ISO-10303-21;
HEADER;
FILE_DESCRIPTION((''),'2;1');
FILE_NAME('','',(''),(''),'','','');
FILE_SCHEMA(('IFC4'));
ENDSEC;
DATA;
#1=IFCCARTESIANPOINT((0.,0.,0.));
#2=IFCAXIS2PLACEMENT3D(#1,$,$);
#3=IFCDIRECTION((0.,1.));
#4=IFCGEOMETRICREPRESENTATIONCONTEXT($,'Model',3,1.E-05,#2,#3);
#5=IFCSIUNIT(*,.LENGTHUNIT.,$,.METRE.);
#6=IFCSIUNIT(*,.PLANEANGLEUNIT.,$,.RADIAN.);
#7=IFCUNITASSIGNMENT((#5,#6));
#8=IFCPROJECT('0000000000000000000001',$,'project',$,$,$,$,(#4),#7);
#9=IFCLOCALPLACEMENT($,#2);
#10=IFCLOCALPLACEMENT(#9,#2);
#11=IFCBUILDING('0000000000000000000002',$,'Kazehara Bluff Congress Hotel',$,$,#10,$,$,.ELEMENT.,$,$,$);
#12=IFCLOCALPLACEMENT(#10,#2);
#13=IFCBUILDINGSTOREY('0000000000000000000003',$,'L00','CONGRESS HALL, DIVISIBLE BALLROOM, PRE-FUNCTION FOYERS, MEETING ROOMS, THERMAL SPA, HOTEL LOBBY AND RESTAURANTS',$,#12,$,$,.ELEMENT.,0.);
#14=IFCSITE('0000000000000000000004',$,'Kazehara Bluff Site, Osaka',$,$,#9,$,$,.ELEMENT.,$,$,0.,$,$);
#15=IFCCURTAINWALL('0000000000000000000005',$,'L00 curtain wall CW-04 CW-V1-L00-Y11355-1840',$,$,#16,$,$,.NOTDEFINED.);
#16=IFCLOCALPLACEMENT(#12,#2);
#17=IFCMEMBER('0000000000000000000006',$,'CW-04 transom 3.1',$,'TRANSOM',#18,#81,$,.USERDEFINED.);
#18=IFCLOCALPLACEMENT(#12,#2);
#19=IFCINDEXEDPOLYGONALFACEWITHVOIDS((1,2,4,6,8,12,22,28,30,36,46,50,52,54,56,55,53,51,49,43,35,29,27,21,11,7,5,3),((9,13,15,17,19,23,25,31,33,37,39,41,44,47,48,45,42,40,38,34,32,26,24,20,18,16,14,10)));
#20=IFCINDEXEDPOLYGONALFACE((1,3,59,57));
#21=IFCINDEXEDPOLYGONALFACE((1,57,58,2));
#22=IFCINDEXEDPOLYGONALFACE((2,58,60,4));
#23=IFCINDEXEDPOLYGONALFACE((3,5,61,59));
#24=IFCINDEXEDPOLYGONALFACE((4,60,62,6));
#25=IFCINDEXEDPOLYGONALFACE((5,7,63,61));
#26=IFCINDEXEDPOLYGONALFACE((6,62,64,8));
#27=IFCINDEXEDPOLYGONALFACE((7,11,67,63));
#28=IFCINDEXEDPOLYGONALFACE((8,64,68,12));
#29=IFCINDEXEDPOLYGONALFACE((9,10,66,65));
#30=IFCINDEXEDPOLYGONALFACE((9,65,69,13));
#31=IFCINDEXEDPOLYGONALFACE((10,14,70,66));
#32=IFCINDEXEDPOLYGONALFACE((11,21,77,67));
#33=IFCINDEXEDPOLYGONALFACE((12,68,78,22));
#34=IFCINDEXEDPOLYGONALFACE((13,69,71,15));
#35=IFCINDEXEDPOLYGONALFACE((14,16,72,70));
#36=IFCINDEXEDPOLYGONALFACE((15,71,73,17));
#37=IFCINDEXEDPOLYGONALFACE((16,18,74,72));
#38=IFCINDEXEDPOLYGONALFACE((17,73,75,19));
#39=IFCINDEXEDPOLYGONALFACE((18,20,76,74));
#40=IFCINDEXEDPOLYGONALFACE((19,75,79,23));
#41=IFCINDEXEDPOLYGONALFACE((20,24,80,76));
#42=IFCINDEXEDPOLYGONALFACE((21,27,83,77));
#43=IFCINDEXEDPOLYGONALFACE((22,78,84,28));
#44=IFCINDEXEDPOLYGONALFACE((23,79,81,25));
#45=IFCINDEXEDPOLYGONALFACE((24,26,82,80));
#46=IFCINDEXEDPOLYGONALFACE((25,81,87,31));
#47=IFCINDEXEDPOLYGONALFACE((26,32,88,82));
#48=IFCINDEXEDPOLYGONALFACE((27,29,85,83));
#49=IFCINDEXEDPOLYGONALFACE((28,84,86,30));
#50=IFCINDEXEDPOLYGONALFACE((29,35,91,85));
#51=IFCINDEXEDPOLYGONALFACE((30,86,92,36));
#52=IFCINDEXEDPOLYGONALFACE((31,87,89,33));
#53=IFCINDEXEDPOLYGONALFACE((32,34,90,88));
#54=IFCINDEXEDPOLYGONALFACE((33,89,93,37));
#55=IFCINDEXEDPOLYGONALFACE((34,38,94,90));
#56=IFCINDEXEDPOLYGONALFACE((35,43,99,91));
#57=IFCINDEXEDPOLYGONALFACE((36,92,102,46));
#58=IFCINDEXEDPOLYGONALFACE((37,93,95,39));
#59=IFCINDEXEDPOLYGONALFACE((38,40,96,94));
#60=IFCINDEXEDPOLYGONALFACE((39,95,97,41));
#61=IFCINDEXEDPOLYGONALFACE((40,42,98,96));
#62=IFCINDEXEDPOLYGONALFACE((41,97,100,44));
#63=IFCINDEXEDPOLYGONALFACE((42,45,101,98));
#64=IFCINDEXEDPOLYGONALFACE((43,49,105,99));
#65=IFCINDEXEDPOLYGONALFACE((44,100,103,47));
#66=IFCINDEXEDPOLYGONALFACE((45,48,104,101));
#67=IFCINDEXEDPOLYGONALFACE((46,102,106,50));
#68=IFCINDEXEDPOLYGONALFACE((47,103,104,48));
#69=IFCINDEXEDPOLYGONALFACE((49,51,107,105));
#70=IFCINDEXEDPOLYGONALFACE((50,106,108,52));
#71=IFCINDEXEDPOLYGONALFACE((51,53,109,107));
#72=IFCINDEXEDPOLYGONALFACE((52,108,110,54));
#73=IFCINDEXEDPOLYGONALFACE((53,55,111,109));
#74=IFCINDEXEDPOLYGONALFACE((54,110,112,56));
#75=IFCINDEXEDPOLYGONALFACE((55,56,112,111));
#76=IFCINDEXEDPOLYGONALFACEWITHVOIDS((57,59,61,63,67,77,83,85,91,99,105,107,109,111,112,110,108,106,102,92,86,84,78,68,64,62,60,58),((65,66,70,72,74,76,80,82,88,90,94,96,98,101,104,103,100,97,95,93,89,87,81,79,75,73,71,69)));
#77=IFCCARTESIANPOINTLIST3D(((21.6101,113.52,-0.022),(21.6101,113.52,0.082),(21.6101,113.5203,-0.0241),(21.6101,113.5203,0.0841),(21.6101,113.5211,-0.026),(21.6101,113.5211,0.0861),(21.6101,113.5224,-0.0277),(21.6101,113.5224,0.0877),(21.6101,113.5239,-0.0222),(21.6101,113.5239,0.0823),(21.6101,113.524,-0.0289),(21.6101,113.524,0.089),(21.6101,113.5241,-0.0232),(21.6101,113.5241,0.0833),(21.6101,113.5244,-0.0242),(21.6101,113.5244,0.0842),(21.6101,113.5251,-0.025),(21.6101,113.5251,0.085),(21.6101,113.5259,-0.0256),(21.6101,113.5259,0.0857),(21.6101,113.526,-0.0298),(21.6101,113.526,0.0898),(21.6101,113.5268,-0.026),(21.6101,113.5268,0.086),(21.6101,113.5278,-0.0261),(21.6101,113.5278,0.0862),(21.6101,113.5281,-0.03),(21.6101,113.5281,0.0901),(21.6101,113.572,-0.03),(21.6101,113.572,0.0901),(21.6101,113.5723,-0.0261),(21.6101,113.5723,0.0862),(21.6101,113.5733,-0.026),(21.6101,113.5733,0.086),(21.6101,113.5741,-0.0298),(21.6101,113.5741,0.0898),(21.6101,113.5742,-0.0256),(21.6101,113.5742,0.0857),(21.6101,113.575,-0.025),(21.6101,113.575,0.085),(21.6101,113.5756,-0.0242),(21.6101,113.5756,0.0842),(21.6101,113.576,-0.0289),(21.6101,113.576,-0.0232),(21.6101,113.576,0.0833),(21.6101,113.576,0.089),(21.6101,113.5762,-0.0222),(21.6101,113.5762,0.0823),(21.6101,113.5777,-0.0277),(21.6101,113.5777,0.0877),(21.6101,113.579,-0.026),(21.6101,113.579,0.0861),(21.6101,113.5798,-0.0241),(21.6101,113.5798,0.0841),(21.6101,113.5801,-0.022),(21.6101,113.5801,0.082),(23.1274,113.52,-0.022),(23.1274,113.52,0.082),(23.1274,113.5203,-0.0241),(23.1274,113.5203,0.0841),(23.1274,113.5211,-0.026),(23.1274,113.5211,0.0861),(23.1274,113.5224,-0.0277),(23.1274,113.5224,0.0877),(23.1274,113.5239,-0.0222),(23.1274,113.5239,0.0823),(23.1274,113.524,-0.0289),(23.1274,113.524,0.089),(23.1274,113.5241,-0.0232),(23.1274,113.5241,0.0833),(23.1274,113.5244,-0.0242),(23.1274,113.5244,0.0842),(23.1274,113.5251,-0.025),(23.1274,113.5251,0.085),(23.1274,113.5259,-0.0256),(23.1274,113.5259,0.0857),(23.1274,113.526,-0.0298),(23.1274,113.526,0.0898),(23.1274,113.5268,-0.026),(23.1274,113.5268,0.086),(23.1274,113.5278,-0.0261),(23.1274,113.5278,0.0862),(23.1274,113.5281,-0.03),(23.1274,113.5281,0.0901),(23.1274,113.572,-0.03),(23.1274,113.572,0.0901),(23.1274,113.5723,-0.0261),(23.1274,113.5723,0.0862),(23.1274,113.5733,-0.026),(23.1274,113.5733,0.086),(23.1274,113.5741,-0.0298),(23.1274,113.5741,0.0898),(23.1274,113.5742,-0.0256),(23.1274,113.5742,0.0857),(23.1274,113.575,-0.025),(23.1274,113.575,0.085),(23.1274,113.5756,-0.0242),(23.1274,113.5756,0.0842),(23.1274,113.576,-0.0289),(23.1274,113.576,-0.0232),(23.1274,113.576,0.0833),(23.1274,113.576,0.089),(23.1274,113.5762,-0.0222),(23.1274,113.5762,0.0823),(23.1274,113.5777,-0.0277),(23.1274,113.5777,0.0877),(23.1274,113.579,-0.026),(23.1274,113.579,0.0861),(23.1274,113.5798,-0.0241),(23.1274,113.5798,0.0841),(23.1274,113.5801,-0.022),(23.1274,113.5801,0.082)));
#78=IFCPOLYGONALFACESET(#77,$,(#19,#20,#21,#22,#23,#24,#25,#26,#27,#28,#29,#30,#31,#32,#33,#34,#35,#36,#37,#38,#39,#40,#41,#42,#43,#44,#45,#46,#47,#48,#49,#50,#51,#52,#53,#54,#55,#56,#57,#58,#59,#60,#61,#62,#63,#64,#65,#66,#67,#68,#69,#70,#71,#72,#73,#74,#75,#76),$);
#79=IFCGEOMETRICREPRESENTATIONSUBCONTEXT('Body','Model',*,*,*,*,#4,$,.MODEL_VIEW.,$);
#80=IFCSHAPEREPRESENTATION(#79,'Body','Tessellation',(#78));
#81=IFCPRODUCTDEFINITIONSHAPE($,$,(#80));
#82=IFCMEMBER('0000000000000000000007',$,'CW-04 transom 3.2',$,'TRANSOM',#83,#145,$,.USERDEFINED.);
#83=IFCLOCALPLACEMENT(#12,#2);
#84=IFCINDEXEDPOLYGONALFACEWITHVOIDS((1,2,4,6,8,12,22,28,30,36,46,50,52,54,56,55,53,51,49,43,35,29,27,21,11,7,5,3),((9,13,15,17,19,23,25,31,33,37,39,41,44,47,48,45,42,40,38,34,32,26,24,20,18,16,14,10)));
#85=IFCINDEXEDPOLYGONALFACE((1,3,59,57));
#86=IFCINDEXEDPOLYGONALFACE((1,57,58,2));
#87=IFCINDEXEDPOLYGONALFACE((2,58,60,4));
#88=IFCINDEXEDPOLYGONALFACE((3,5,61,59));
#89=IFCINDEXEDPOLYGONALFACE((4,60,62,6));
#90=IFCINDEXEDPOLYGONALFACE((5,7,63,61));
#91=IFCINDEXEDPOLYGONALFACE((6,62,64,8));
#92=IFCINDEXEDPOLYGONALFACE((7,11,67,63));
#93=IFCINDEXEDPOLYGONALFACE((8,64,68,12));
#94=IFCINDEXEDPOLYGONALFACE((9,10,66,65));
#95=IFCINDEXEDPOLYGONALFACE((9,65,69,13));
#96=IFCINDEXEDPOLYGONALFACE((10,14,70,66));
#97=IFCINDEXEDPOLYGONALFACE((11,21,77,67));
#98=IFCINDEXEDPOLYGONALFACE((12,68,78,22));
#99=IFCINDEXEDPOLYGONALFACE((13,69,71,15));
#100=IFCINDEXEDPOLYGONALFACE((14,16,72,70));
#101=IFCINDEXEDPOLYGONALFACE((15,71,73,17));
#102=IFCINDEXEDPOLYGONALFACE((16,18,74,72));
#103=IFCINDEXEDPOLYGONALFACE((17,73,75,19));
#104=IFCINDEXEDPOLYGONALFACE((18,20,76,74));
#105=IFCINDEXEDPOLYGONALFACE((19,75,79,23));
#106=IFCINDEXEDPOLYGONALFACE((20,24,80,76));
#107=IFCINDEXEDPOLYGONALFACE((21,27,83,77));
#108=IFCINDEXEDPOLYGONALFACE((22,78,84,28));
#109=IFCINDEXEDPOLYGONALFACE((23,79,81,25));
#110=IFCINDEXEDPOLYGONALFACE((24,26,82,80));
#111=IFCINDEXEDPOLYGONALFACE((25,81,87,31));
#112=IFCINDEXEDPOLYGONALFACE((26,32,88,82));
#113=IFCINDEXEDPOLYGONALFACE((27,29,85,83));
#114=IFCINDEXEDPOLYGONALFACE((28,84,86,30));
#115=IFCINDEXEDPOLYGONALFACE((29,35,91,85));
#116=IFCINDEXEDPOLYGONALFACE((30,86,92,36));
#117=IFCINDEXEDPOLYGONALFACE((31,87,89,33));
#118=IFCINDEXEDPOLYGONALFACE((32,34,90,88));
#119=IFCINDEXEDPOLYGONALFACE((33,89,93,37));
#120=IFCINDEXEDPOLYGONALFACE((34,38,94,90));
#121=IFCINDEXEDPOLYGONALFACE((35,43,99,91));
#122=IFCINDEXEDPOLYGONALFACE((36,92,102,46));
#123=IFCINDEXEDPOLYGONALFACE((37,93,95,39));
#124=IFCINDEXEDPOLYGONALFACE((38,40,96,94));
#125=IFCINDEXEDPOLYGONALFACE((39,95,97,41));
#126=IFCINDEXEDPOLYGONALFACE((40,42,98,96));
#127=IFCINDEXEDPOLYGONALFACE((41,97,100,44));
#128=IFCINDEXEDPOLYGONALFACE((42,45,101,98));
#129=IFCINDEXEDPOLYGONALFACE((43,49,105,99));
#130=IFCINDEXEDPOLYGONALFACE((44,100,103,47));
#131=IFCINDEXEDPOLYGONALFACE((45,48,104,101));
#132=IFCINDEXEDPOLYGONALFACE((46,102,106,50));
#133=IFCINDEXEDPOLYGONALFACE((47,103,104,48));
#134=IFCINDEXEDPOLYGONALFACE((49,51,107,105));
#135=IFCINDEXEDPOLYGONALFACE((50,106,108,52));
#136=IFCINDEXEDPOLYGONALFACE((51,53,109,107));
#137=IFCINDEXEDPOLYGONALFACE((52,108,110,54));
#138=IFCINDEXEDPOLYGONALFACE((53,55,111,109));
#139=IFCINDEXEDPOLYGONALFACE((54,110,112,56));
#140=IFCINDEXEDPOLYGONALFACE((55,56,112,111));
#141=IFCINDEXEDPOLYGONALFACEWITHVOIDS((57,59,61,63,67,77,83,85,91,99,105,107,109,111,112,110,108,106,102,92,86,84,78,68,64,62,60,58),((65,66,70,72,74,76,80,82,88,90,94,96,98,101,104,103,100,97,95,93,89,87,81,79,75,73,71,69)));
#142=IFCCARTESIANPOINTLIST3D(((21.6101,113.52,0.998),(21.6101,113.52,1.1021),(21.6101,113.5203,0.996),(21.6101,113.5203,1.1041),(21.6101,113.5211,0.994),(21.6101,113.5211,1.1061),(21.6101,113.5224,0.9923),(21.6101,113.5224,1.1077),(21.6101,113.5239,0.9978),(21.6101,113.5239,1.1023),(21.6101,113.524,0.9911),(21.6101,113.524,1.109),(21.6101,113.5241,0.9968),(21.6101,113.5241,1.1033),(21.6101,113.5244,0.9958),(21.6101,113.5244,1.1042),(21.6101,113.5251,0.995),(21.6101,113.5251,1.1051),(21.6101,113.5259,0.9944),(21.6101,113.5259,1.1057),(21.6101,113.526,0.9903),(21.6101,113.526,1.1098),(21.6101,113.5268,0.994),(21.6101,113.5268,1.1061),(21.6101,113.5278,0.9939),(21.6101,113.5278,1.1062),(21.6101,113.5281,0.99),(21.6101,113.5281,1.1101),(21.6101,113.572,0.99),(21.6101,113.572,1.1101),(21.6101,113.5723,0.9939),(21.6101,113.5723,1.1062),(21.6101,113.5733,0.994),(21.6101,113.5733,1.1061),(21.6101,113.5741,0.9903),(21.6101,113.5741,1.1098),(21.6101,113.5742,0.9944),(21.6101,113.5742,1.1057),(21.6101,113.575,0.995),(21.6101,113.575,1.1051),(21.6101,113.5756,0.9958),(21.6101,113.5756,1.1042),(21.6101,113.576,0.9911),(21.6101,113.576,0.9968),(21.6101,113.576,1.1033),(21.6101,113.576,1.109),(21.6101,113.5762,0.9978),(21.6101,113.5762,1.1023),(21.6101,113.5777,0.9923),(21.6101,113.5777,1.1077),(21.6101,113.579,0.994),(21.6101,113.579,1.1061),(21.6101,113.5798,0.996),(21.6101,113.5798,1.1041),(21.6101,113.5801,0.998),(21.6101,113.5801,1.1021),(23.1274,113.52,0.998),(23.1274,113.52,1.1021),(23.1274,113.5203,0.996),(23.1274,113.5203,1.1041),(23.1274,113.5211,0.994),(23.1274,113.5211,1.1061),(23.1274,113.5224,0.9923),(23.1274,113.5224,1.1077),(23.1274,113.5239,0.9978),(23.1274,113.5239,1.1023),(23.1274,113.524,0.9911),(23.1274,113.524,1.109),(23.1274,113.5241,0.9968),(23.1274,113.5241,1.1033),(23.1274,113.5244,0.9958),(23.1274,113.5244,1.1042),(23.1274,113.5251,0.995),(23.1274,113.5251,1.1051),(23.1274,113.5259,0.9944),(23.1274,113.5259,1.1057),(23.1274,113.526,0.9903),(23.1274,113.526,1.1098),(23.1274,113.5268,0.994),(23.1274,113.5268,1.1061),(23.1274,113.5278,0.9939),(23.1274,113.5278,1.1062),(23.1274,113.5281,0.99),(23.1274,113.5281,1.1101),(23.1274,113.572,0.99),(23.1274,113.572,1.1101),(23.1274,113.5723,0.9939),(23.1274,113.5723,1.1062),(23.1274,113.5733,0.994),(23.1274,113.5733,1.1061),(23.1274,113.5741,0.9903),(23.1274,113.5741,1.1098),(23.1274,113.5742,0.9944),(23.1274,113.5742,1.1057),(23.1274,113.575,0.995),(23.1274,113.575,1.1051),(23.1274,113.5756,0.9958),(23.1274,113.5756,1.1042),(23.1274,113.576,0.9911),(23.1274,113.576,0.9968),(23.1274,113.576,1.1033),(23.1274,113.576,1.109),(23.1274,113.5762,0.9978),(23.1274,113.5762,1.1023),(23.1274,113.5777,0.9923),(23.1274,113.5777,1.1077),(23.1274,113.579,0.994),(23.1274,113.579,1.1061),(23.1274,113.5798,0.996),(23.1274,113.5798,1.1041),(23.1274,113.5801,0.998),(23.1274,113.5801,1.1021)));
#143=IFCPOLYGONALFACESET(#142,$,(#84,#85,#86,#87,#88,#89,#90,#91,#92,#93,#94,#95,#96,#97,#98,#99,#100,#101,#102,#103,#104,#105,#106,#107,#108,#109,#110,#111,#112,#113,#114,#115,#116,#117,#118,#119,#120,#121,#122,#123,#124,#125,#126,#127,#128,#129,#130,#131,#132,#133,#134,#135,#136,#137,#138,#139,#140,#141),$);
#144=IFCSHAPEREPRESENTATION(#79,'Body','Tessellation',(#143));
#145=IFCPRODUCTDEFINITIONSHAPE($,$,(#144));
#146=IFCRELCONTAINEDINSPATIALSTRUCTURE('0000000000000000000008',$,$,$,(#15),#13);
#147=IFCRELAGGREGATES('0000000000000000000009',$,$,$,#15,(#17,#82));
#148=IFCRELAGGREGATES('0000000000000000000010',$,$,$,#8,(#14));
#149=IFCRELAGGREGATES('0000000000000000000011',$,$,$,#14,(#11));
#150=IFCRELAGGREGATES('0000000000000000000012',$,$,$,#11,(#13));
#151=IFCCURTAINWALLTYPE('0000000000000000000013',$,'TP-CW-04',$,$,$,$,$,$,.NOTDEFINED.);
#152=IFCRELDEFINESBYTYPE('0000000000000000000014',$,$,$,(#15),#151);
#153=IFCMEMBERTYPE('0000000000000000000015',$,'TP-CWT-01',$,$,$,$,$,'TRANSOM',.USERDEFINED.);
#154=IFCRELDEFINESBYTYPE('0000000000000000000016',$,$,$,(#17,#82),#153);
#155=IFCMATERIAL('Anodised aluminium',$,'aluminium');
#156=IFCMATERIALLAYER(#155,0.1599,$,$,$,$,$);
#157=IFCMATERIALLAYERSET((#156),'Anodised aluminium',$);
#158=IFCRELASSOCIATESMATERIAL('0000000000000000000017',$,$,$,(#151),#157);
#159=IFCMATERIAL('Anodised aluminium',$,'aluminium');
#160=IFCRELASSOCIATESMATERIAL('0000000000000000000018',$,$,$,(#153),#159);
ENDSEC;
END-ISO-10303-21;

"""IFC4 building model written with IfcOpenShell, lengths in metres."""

from ifc_helpers import new_model, si_unit, direction, frame, origin, origin_2d, place, context, subcontext, project, spatial, hollow_rectangle, extrude, material, layer, layer_set, material_profile, profile_set, type_object, element, aggregate, save


model = new_model("IFC4")

# Units and contexts
model_context = context("Model", 3, precision=1e-05, world=origin(), true_north=direction((0.0, 1.0)))
body_context = subcontext(model_context, "Body", "Model", "MODEL_VIEW")
ifc_project = project(units=[si_unit("LENGTHUNIT", "METRE"), si_unit("PLANEANGLEUNIT", "RADIAN")], contexts=[model_context])

# Site, building, storey
site_placement = place(None, origin())
site = spatial("IfcSite", under=ifc_project, at=site_placement, Name="Kazehara Bluff Site, Osaka", CompositionType="ELEMENT", RefElevation=0.0)
building_placement = place(site_placement, origin())
building = spatial("IfcBuilding", under=site, at=building_placement, Name="Kazehara Bluff Congress Hotel", CompositionType="ELEMENT")
storey_placement = place(building_placement, origin())
storey = spatial("IfcBuildingStorey", under=building, at=storey_placement, Name="L00", Description="CONGRESS HALL, DIVISIBLE BALLROOM, PRE-FUNCTION FOYERS, MEETING ROOMS, THERMAL SPA, HOTEL LOBBY AND RESTAURANTS", CompositionType="ELEMENT", Elevation=0.0)

# Curtain wall, members
ifc_material_1 = material(Name="Anodised aluminium", Category="aluminium")
ifc_layer_1 = layer(ifc_material_1, 0.1599)
ifc_layer_set_1 = layer_set([ifc_layer_1], Name="Anodised aluminium")
curtain_wall_type = type_object("IfcCurtainWallType", Name="TP-CW-04", PredefinedType="NOTDEFINED", material=ifc_layer_set_1)
curtain_wall_placement = place(storey_placement, origin())
curtain_wall = element("IfcCurtainWall", 1, at=curtain_wall_placement, inside=storey, type_object=curtain_wall_type, Name="L00 curtain wall CW-04 CW-V1-L00-Y11355-1840", PredefinedType="NOTDEFINED")
ifc_material_2 = material(Name="Anodised aluminium", Category="aluminium")
ifc_material_profile_1 = material_profile(ifc_material_2, hollow_rectangle(XDim=0.0601, YDim=0.1201, WallThickness=0.0039, InnerFilletRadius=0.0039, OuterFilletRadius=0.0081, at=origin_2d()))
ifc_profile_set_1 = profile_set([ifc_material_profile_1], Name="Anodised aluminium")
member_type_1 = type_object("IfcMemberType", Name="TP-CWT-01", ElementType="TRANSOM", PredefinedType="USERDEFINED", material=ifc_profile_set_1)
member_1_placement = place(storey_placement, frame((21.6101, 113.55, 0.03), z_axis=(1.0, 0.0, 0.0), x_axis=(0.0, 1.0, 0.0)))
member_1 = element("IfcMember", 2, at=member_1_placement, type_object=member_type_1, Name="CW-04 transom 3.1", ObjectType="TRANSOM", PredefinedType="USERDEFINED", context=body_context, shape_type="SweptSolid", body=[
    extrude(hollow_rectangle(XDim=0.0601, YDim=0.1201, WallThickness=0.0039, InnerFilletRadius=0.0039, OuterFilletRadius=0.0081, at=origin_2d()), origin(), (0.0, 0.0, 1.0), 1.5173),
])
member_2_placement = place(storey_placement, frame((21.6101, 113.55, 1.05), z_axis=(1.0, 0.0, 0.0), x_axis=(0.0, 1.0, 0.0)))
member_2 = element("IfcMember", 3, at=member_2_placement, type_object=member_type_1, Name="CW-04 transom 3.2", ObjectType="TRANSOM", PredefinedType="USERDEFINED", context=body_context, shape_type="SweptSolid", body=[
    extrude(hollow_rectangle(XDim=0.0601, YDim=0.1201, WallThickness=0.0039, InnerFilletRadius=0.0039, OuterFilletRadius=0.0081, at=origin_2d()), origin(), (0.0, 0.0, 1.0), 1.5173),
])
aggregate(curtain_wall, [member_1, member_2])

save(model, "model.ifc")
